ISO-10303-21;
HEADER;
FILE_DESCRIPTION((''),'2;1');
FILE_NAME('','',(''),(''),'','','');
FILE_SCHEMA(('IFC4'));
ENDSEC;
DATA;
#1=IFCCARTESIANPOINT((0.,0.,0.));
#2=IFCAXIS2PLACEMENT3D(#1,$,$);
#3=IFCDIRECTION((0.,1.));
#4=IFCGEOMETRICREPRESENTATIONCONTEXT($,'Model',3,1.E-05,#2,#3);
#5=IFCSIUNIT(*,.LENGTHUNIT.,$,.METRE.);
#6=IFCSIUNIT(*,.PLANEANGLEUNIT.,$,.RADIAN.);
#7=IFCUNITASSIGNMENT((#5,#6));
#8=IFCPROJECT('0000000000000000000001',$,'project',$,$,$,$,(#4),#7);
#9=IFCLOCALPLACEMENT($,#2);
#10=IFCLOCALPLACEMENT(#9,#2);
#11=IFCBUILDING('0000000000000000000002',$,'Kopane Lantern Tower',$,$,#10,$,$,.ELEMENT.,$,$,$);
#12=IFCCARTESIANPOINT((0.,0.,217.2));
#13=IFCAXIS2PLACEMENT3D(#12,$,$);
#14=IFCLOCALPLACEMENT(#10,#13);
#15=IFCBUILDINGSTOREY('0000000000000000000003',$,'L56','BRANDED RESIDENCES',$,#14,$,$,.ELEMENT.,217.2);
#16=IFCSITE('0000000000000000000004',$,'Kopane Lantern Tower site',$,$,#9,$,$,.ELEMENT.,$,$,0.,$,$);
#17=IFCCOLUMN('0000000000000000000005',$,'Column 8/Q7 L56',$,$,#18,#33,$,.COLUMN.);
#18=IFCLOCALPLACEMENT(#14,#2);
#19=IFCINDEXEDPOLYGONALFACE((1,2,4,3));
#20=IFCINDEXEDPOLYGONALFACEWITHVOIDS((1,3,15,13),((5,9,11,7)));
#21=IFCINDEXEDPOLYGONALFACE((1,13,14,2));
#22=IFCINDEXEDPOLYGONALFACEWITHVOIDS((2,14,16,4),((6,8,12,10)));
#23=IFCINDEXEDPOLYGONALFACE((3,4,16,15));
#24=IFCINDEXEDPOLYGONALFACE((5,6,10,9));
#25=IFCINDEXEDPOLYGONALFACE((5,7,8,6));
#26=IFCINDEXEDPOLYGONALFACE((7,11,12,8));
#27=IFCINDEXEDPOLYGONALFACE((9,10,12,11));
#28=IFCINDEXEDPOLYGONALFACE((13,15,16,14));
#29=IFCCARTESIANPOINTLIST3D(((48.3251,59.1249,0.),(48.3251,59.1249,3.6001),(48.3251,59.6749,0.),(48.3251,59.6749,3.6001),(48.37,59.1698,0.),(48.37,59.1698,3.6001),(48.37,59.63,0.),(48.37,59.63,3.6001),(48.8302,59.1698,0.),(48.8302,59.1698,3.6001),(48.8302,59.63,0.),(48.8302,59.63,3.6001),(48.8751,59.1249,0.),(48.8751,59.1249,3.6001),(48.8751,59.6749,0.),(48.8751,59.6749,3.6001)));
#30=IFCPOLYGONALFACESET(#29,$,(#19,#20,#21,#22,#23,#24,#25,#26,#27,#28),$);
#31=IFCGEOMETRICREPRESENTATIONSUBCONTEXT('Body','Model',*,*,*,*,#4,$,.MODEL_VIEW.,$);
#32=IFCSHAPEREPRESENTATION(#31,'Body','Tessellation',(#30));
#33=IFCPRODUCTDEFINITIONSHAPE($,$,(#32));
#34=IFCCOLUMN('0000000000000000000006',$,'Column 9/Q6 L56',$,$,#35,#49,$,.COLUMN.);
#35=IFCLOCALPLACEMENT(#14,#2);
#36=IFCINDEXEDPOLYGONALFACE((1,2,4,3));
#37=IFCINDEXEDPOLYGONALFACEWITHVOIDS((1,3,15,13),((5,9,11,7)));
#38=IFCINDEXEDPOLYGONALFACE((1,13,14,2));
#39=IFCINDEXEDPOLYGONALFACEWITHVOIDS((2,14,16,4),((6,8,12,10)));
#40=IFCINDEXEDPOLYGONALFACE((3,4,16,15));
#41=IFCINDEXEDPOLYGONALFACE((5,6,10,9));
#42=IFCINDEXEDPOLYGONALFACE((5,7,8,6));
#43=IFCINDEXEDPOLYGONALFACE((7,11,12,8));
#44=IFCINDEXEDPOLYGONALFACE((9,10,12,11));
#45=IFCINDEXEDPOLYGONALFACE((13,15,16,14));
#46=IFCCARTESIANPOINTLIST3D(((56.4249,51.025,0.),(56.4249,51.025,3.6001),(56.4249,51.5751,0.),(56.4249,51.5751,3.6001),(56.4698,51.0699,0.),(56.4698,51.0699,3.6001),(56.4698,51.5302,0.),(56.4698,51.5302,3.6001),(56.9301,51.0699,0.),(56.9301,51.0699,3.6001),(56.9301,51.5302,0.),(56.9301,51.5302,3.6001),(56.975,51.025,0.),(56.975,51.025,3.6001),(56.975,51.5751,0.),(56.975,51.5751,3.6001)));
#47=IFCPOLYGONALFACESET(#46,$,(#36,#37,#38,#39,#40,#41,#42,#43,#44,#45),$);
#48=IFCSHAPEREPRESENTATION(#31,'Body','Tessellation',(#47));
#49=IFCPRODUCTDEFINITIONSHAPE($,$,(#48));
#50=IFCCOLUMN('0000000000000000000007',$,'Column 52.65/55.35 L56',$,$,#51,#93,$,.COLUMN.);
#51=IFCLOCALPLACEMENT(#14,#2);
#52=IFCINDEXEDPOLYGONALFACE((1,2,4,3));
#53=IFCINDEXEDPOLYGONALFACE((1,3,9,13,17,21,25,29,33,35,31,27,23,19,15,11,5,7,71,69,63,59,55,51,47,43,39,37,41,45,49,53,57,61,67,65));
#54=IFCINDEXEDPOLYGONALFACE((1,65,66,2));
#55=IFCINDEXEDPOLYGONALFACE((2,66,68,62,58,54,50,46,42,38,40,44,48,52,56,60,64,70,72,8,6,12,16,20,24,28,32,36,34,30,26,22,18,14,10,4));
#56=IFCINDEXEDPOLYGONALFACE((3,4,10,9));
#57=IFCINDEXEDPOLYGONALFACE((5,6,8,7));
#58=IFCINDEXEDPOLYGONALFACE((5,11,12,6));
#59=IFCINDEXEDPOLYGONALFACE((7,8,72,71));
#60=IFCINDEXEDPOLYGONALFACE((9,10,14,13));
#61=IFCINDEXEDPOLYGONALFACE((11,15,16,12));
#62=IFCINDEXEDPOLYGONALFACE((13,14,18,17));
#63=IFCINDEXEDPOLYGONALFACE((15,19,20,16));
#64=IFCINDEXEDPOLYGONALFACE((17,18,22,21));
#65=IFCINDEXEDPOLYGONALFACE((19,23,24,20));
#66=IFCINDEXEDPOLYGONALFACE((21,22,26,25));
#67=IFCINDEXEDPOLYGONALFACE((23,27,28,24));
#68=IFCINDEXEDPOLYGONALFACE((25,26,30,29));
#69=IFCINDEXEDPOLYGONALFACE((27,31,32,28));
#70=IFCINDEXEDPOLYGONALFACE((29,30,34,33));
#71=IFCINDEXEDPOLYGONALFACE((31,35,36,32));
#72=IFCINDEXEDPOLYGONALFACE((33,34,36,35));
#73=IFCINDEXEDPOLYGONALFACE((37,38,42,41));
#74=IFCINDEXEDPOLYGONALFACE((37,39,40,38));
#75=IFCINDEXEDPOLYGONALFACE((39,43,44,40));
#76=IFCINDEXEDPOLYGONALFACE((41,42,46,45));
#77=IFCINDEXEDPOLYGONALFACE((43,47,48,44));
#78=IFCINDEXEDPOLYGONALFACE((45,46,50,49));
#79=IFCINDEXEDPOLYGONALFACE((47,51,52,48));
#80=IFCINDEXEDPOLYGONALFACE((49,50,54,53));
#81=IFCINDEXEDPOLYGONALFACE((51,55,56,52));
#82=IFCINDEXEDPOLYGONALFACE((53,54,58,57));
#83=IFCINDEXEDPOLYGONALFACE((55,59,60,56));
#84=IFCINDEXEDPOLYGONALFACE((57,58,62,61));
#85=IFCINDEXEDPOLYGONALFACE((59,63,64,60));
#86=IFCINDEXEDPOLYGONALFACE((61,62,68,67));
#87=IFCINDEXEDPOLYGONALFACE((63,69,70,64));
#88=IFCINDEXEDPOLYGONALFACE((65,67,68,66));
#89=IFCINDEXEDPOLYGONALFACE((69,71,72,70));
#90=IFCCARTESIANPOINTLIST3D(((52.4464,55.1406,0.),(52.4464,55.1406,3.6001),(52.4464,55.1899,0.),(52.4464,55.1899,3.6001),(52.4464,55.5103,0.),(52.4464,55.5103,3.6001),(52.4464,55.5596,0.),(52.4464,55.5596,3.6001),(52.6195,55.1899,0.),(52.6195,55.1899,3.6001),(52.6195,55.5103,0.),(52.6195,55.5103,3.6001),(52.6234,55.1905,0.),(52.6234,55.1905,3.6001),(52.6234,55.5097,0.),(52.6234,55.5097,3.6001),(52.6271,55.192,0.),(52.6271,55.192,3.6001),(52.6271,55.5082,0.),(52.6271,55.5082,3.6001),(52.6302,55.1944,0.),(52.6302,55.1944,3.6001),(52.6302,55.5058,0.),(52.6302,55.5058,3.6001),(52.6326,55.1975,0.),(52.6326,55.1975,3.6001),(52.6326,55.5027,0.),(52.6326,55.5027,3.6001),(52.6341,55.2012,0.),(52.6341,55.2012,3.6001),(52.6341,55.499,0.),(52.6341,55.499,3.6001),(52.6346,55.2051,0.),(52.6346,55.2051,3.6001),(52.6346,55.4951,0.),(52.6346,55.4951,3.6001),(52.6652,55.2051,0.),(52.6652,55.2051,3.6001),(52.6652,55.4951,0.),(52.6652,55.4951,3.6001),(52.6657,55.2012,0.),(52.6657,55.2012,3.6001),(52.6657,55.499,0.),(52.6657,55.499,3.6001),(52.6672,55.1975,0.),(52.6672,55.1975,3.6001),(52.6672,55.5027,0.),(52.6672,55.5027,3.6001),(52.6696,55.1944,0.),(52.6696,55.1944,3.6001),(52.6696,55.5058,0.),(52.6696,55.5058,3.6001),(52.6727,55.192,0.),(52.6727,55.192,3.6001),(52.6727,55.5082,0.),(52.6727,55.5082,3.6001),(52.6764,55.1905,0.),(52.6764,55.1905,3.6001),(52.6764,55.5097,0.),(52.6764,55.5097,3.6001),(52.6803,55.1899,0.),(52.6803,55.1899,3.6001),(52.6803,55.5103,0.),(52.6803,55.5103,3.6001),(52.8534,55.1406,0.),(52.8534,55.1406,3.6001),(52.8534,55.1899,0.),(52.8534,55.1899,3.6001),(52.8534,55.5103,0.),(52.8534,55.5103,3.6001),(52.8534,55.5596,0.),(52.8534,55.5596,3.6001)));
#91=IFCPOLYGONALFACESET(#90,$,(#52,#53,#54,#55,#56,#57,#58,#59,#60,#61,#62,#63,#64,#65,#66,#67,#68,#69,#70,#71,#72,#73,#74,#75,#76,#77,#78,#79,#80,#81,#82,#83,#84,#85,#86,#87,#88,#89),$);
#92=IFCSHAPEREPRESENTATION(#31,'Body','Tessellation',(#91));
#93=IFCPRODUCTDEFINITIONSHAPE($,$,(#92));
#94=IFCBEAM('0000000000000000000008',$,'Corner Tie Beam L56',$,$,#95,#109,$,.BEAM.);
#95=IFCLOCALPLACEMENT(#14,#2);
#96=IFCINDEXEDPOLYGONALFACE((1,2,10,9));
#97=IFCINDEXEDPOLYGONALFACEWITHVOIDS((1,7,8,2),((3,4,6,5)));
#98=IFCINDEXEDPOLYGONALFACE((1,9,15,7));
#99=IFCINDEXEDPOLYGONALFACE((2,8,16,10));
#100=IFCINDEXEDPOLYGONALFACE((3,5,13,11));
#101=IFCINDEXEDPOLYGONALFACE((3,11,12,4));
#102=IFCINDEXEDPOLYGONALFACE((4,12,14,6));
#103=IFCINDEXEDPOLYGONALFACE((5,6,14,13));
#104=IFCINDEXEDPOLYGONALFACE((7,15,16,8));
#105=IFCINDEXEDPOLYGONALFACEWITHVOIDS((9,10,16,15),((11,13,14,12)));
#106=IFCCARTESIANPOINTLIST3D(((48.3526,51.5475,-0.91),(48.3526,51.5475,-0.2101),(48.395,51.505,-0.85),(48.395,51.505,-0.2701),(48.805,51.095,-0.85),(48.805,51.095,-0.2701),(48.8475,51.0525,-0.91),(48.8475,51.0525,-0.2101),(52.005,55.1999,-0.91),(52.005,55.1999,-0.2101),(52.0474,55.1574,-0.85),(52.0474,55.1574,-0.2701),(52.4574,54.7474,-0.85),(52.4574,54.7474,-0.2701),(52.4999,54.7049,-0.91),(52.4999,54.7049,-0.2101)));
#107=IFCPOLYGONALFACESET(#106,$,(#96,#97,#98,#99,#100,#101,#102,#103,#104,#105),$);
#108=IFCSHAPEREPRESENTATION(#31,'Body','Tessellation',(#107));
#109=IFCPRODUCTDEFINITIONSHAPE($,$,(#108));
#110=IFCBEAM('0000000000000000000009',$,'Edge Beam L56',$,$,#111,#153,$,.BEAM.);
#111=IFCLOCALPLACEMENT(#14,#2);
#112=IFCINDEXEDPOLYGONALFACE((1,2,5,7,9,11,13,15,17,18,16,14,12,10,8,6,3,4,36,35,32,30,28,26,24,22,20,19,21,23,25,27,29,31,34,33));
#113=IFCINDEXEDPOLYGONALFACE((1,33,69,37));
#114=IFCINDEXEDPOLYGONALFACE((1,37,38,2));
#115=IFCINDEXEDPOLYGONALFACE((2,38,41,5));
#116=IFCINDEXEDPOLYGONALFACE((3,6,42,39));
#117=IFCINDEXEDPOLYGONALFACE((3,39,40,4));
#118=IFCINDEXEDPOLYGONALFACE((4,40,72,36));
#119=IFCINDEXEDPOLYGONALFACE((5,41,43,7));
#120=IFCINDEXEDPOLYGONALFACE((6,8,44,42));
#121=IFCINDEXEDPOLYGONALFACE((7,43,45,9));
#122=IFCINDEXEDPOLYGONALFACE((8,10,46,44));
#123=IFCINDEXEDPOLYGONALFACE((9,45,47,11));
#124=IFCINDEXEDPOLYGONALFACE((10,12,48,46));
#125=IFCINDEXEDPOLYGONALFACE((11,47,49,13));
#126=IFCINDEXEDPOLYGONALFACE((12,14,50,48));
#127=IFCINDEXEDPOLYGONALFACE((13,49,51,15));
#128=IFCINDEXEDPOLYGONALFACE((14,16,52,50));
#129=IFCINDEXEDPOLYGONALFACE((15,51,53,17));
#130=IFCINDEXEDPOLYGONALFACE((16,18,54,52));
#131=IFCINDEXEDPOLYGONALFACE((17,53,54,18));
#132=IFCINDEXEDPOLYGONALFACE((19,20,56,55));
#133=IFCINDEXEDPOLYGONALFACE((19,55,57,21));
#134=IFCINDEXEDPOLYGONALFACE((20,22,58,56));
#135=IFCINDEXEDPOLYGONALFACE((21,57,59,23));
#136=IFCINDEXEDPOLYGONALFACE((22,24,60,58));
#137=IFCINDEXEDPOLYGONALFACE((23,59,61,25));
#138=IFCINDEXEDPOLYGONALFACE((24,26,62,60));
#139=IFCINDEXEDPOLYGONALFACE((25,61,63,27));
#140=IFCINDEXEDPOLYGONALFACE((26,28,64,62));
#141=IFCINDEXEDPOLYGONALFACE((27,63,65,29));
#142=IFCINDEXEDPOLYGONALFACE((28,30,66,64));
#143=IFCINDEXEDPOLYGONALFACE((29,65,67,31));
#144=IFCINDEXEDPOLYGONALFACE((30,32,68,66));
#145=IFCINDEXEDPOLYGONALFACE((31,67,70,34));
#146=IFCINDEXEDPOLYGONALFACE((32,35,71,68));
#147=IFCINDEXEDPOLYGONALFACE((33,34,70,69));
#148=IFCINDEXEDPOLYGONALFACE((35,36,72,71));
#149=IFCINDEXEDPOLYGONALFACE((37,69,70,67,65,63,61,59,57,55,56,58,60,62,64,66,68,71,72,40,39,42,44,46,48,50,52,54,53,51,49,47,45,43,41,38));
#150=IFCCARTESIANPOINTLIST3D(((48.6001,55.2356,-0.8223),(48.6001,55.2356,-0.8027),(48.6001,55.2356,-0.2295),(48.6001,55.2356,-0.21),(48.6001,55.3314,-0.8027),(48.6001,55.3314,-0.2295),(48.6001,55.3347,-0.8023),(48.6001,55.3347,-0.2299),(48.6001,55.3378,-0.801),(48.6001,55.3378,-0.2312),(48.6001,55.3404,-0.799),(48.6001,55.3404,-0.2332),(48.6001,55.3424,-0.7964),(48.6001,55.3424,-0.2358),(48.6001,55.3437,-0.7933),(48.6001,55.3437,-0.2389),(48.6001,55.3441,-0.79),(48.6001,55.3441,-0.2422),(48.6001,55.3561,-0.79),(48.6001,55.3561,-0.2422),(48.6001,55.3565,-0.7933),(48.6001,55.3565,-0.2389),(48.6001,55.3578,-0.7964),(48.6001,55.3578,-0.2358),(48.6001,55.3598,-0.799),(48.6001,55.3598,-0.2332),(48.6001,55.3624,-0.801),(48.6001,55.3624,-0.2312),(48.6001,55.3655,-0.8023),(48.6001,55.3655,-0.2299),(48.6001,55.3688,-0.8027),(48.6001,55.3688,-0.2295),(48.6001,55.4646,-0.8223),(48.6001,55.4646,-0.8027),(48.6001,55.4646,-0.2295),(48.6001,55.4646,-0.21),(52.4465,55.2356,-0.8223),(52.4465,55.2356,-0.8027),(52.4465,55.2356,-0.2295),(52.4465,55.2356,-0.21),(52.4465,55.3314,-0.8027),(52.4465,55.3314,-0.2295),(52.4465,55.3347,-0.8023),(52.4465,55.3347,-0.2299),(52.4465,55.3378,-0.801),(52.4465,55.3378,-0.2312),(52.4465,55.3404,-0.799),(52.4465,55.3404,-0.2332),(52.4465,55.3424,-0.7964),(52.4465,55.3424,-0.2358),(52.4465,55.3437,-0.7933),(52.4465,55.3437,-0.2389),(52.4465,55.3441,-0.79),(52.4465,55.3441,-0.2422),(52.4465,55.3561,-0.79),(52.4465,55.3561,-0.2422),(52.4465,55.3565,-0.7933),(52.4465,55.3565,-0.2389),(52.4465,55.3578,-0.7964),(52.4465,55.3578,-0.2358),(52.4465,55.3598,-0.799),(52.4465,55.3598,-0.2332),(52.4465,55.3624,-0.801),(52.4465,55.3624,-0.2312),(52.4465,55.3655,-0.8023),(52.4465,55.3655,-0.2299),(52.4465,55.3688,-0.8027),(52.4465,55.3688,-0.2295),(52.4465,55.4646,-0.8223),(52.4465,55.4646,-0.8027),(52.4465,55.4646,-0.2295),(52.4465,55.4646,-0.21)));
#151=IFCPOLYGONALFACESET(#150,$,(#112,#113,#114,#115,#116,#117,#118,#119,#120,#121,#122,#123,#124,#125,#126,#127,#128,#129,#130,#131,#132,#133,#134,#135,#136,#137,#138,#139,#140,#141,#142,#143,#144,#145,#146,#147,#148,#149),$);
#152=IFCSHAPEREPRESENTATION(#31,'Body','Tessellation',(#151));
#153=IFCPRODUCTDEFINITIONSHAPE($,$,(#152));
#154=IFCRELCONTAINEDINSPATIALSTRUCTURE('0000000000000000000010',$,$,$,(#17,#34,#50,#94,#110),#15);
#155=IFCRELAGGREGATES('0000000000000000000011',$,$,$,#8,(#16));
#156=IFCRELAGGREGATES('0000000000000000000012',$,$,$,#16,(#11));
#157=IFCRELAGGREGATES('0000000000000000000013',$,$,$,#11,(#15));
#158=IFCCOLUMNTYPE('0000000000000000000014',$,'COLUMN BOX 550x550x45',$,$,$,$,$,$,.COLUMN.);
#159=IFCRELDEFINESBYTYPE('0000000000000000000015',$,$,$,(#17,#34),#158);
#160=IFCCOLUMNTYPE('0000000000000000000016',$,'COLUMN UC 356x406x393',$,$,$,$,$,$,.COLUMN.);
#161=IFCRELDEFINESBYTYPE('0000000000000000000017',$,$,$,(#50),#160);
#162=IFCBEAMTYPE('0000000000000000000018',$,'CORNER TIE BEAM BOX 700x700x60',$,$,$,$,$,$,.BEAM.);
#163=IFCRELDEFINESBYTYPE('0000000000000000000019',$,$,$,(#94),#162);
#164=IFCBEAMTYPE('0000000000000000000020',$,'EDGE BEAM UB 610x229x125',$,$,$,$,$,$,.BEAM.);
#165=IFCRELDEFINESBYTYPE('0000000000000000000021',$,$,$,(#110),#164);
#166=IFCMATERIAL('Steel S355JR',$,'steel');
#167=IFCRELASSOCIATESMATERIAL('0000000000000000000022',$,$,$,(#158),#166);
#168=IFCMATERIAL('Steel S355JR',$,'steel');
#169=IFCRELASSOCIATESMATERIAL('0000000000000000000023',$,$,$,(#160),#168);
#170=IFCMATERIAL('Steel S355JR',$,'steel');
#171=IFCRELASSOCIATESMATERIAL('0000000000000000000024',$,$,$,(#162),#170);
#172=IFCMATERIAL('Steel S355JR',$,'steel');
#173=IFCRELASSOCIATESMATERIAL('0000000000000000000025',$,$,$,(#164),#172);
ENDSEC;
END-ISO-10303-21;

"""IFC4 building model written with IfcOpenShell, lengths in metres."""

from ifc_helpers import new_model, si_unit, direction, frame, origin, origin_2d, place, context, subcontext, project, spatial, hollow_rectangle, i_section, extrude, material, material_profile, profile_set, type_object, element, save


model = new_model("IFC4")

# Units and contexts
model_context = context("Model", 3, precision=1e-05, world=origin(), true_north=direction((0.0, 1.0)))
body_context = subcontext(model_context, "Body", "Model", "MODEL_VIEW")
ifc_project = project(units=[si_unit("LENGTHUNIT", "METRE"), si_unit("PLANEANGLEUNIT", "RADIAN")], contexts=[model_context])

# Site, building, storey
site_placement = place(None, origin())
site = spatial("IfcSite", under=ifc_project, at=site_placement, Name="Kopane Lantern Tower site", CompositionType="ELEMENT", RefElevation=0.0)
building_placement = place(site_placement, origin())
building = spatial("IfcBuilding", under=site, at=building_placement, Name="Kopane Lantern Tower", CompositionType="ELEMENT")
storey_placement = place(building_placement, frame((0.0, 0.0, 217.2)))
storey = spatial("IfcBuildingStorey", under=building, at=storey_placement, Name="L56", Description="BRANDED RESIDENCES", CompositionType="ELEMENT", Elevation=217.2)

# Columns
ifc_material_1 = material(Name="Steel S355JR", Category="steel")
ifc_material_profile_1 = material_profile(ifc_material_1, hollow_rectangle(XDim=0.55, YDim=0.55, WallThickness=0.0449, at=origin_2d()), Name="BOX 550x550x45")
ifc_profile_set_1 = profile_set([ifc_material_profile_1], Name="Steel S355JR")
column_type_1 = type_object("IfcColumnType", Name="COLUMN BOX 550x550x45", PredefinedType="COLUMN", material=ifc_profile_set_1)
for number, where, z_axis, x_axis, name in (
    (1, (48.6001, 59.3999, 0.0), (0.0, 0.0, 1.0), (1.0, 0.0, 0.0), "Column 8/Q7 L56"),
    (2, (56.7, 51.3, 0.0), (0.0, 0.0, 1.0), (1.0, 0.0, 0.0), "Column 9/Q6 L56"),
):
    element("IfcColumn", number, at=place(storey_placement, frame(where, z_axis=z_axis, x_axis=x_axis)), inside=storey, type_object=column_type_1, Name=name, PredefinedType="COLUMN", context=body_context, shape_type="SweptSolid", body=[
        extrude(hollow_rectangle(XDim=0.55, YDim=0.55, WallThickness=0.0449, at=origin_2d()), origin(), (0.0, 0.0, 1.0), 3.6001),
    ])
ifc_material_2 = material(Name="Steel S355JR", Category="steel")
ifc_material_profile_2 = material_profile(ifc_material_2, i_section(OverallWidth=0.407, OverallDepth=0.4189, WebThickness=0.0305, FlangeThickness=0.0493, FilletRadius=0.0151, at=origin_2d()), Name="UC 356x406x393")
ifc_profile_set_2 = profile_set([ifc_material_profile_2], Name="Steel S355JR")
column_type_2 = type_object("IfcColumnType", Name="COLUMN UC 356x406x393", PredefinedType="COLUMN", material=ifc_profile_set_2)
column_placement = place(storey_placement, frame((52.6499, 55.3501, 0.0), z_axis=(0.0, 0.0, 1.0), x_axis=(1.0, 0.0, 0.0)))
element("IfcColumn", 3, at=column_placement, inside=storey, type_object=column_type_2, Name="Column 52.65/55.35 L56", PredefinedType="COLUMN", context=body_context, shape_type="SweptSolid", body=[
    extrude(i_section(OverallWidth=0.407, OverallDepth=0.4189, WebThickness=0.0305, FlangeThickness=0.0493, FilletRadius=0.0151, at=origin_2d()), origin(), (0.0, 0.0, 1.0), 3.6001),
])

# Beams
ifc_material_3 = material(Name="Steel S355JR", Category="steel")
ifc_material_profile_3 = material_profile(ifc_material_3, hollow_rectangle(XDim=0.7, YDim=0.7, WallThickness=0.0601, at=origin_2d()), Name="BOX 700x700x60")
ifc_profile_set_3 = profile_set([ifc_material_profile_3], Name="Steel S355JR")
beam_type_1 = type_object("IfcBeamType", Name="CORNER TIE BEAM BOX 700x700x60", PredefinedType="BEAM", material=ifc_profile_set_3)
beam_1_placement = place(storey_placement, frame((52.2524, 54.9524, -0.5601), z_axis=(-0.707107, -0.707107, 0.0), x_axis=(0.707107, -0.707107, 0.0)))
element("IfcBeam", 4, at=beam_1_placement, inside=storey, type_object=beam_type_1, Name="Corner Tie Beam L56", PredefinedType="BEAM", context=body_context, shape_type="SweptSolid", body=[
    extrude(hollow_rectangle(XDim=0.7, YDim=0.7, WallThickness=0.0601, at=origin_2d()), origin(), (0.0, 0.0, 1.0), 5.1653),
])
ifc_material_4 = material(Name="Steel S355JR", Category="steel")
ifc_material_profile_4 = material_profile(ifc_material_4, i_section(OverallWidth=0.229, OverallDepth=0.6123, WebThickness=0.012, FlangeThickness=0.0195, FilletRadius=0.0127, at=origin_2d()), Name="UB 610x229x125")
ifc_profile_set_4 = profile_set([ifc_material_profile_4], Name="Steel S355JR")
beam_type_2 = type_object("IfcBeamType", Name="EDGE BEAM UB 610x229x125", PredefinedType="BEAM", material=ifc_profile_set_4)
for number, where, z_axis, x_axis, name in (
    (5, (52.4465, 55.3501, -0.5161), (-1.0, 0.0, 0.0), (0.0, -1.0, 0.0), "Edge Beam L56"),
):
    element("IfcBeam", number, at=place(storey_placement, frame(where, z_axis=z_axis, x_axis=x_axis)), inside=storey, type_object=beam_type_2, Name=name, PredefinedType="BEAM", context=body_context, shape_type="SweptSolid", body=[
        extrude(i_section(OverallWidth=0.229, OverallDepth=0.6123, WebThickness=0.012, FlangeThickness=0.0195, FilletRadius=0.0127, at=origin_2d()), origin(), (0.0, 0.0, 1.0), 3.8464),
    ])

save(model, "model.ifc")
